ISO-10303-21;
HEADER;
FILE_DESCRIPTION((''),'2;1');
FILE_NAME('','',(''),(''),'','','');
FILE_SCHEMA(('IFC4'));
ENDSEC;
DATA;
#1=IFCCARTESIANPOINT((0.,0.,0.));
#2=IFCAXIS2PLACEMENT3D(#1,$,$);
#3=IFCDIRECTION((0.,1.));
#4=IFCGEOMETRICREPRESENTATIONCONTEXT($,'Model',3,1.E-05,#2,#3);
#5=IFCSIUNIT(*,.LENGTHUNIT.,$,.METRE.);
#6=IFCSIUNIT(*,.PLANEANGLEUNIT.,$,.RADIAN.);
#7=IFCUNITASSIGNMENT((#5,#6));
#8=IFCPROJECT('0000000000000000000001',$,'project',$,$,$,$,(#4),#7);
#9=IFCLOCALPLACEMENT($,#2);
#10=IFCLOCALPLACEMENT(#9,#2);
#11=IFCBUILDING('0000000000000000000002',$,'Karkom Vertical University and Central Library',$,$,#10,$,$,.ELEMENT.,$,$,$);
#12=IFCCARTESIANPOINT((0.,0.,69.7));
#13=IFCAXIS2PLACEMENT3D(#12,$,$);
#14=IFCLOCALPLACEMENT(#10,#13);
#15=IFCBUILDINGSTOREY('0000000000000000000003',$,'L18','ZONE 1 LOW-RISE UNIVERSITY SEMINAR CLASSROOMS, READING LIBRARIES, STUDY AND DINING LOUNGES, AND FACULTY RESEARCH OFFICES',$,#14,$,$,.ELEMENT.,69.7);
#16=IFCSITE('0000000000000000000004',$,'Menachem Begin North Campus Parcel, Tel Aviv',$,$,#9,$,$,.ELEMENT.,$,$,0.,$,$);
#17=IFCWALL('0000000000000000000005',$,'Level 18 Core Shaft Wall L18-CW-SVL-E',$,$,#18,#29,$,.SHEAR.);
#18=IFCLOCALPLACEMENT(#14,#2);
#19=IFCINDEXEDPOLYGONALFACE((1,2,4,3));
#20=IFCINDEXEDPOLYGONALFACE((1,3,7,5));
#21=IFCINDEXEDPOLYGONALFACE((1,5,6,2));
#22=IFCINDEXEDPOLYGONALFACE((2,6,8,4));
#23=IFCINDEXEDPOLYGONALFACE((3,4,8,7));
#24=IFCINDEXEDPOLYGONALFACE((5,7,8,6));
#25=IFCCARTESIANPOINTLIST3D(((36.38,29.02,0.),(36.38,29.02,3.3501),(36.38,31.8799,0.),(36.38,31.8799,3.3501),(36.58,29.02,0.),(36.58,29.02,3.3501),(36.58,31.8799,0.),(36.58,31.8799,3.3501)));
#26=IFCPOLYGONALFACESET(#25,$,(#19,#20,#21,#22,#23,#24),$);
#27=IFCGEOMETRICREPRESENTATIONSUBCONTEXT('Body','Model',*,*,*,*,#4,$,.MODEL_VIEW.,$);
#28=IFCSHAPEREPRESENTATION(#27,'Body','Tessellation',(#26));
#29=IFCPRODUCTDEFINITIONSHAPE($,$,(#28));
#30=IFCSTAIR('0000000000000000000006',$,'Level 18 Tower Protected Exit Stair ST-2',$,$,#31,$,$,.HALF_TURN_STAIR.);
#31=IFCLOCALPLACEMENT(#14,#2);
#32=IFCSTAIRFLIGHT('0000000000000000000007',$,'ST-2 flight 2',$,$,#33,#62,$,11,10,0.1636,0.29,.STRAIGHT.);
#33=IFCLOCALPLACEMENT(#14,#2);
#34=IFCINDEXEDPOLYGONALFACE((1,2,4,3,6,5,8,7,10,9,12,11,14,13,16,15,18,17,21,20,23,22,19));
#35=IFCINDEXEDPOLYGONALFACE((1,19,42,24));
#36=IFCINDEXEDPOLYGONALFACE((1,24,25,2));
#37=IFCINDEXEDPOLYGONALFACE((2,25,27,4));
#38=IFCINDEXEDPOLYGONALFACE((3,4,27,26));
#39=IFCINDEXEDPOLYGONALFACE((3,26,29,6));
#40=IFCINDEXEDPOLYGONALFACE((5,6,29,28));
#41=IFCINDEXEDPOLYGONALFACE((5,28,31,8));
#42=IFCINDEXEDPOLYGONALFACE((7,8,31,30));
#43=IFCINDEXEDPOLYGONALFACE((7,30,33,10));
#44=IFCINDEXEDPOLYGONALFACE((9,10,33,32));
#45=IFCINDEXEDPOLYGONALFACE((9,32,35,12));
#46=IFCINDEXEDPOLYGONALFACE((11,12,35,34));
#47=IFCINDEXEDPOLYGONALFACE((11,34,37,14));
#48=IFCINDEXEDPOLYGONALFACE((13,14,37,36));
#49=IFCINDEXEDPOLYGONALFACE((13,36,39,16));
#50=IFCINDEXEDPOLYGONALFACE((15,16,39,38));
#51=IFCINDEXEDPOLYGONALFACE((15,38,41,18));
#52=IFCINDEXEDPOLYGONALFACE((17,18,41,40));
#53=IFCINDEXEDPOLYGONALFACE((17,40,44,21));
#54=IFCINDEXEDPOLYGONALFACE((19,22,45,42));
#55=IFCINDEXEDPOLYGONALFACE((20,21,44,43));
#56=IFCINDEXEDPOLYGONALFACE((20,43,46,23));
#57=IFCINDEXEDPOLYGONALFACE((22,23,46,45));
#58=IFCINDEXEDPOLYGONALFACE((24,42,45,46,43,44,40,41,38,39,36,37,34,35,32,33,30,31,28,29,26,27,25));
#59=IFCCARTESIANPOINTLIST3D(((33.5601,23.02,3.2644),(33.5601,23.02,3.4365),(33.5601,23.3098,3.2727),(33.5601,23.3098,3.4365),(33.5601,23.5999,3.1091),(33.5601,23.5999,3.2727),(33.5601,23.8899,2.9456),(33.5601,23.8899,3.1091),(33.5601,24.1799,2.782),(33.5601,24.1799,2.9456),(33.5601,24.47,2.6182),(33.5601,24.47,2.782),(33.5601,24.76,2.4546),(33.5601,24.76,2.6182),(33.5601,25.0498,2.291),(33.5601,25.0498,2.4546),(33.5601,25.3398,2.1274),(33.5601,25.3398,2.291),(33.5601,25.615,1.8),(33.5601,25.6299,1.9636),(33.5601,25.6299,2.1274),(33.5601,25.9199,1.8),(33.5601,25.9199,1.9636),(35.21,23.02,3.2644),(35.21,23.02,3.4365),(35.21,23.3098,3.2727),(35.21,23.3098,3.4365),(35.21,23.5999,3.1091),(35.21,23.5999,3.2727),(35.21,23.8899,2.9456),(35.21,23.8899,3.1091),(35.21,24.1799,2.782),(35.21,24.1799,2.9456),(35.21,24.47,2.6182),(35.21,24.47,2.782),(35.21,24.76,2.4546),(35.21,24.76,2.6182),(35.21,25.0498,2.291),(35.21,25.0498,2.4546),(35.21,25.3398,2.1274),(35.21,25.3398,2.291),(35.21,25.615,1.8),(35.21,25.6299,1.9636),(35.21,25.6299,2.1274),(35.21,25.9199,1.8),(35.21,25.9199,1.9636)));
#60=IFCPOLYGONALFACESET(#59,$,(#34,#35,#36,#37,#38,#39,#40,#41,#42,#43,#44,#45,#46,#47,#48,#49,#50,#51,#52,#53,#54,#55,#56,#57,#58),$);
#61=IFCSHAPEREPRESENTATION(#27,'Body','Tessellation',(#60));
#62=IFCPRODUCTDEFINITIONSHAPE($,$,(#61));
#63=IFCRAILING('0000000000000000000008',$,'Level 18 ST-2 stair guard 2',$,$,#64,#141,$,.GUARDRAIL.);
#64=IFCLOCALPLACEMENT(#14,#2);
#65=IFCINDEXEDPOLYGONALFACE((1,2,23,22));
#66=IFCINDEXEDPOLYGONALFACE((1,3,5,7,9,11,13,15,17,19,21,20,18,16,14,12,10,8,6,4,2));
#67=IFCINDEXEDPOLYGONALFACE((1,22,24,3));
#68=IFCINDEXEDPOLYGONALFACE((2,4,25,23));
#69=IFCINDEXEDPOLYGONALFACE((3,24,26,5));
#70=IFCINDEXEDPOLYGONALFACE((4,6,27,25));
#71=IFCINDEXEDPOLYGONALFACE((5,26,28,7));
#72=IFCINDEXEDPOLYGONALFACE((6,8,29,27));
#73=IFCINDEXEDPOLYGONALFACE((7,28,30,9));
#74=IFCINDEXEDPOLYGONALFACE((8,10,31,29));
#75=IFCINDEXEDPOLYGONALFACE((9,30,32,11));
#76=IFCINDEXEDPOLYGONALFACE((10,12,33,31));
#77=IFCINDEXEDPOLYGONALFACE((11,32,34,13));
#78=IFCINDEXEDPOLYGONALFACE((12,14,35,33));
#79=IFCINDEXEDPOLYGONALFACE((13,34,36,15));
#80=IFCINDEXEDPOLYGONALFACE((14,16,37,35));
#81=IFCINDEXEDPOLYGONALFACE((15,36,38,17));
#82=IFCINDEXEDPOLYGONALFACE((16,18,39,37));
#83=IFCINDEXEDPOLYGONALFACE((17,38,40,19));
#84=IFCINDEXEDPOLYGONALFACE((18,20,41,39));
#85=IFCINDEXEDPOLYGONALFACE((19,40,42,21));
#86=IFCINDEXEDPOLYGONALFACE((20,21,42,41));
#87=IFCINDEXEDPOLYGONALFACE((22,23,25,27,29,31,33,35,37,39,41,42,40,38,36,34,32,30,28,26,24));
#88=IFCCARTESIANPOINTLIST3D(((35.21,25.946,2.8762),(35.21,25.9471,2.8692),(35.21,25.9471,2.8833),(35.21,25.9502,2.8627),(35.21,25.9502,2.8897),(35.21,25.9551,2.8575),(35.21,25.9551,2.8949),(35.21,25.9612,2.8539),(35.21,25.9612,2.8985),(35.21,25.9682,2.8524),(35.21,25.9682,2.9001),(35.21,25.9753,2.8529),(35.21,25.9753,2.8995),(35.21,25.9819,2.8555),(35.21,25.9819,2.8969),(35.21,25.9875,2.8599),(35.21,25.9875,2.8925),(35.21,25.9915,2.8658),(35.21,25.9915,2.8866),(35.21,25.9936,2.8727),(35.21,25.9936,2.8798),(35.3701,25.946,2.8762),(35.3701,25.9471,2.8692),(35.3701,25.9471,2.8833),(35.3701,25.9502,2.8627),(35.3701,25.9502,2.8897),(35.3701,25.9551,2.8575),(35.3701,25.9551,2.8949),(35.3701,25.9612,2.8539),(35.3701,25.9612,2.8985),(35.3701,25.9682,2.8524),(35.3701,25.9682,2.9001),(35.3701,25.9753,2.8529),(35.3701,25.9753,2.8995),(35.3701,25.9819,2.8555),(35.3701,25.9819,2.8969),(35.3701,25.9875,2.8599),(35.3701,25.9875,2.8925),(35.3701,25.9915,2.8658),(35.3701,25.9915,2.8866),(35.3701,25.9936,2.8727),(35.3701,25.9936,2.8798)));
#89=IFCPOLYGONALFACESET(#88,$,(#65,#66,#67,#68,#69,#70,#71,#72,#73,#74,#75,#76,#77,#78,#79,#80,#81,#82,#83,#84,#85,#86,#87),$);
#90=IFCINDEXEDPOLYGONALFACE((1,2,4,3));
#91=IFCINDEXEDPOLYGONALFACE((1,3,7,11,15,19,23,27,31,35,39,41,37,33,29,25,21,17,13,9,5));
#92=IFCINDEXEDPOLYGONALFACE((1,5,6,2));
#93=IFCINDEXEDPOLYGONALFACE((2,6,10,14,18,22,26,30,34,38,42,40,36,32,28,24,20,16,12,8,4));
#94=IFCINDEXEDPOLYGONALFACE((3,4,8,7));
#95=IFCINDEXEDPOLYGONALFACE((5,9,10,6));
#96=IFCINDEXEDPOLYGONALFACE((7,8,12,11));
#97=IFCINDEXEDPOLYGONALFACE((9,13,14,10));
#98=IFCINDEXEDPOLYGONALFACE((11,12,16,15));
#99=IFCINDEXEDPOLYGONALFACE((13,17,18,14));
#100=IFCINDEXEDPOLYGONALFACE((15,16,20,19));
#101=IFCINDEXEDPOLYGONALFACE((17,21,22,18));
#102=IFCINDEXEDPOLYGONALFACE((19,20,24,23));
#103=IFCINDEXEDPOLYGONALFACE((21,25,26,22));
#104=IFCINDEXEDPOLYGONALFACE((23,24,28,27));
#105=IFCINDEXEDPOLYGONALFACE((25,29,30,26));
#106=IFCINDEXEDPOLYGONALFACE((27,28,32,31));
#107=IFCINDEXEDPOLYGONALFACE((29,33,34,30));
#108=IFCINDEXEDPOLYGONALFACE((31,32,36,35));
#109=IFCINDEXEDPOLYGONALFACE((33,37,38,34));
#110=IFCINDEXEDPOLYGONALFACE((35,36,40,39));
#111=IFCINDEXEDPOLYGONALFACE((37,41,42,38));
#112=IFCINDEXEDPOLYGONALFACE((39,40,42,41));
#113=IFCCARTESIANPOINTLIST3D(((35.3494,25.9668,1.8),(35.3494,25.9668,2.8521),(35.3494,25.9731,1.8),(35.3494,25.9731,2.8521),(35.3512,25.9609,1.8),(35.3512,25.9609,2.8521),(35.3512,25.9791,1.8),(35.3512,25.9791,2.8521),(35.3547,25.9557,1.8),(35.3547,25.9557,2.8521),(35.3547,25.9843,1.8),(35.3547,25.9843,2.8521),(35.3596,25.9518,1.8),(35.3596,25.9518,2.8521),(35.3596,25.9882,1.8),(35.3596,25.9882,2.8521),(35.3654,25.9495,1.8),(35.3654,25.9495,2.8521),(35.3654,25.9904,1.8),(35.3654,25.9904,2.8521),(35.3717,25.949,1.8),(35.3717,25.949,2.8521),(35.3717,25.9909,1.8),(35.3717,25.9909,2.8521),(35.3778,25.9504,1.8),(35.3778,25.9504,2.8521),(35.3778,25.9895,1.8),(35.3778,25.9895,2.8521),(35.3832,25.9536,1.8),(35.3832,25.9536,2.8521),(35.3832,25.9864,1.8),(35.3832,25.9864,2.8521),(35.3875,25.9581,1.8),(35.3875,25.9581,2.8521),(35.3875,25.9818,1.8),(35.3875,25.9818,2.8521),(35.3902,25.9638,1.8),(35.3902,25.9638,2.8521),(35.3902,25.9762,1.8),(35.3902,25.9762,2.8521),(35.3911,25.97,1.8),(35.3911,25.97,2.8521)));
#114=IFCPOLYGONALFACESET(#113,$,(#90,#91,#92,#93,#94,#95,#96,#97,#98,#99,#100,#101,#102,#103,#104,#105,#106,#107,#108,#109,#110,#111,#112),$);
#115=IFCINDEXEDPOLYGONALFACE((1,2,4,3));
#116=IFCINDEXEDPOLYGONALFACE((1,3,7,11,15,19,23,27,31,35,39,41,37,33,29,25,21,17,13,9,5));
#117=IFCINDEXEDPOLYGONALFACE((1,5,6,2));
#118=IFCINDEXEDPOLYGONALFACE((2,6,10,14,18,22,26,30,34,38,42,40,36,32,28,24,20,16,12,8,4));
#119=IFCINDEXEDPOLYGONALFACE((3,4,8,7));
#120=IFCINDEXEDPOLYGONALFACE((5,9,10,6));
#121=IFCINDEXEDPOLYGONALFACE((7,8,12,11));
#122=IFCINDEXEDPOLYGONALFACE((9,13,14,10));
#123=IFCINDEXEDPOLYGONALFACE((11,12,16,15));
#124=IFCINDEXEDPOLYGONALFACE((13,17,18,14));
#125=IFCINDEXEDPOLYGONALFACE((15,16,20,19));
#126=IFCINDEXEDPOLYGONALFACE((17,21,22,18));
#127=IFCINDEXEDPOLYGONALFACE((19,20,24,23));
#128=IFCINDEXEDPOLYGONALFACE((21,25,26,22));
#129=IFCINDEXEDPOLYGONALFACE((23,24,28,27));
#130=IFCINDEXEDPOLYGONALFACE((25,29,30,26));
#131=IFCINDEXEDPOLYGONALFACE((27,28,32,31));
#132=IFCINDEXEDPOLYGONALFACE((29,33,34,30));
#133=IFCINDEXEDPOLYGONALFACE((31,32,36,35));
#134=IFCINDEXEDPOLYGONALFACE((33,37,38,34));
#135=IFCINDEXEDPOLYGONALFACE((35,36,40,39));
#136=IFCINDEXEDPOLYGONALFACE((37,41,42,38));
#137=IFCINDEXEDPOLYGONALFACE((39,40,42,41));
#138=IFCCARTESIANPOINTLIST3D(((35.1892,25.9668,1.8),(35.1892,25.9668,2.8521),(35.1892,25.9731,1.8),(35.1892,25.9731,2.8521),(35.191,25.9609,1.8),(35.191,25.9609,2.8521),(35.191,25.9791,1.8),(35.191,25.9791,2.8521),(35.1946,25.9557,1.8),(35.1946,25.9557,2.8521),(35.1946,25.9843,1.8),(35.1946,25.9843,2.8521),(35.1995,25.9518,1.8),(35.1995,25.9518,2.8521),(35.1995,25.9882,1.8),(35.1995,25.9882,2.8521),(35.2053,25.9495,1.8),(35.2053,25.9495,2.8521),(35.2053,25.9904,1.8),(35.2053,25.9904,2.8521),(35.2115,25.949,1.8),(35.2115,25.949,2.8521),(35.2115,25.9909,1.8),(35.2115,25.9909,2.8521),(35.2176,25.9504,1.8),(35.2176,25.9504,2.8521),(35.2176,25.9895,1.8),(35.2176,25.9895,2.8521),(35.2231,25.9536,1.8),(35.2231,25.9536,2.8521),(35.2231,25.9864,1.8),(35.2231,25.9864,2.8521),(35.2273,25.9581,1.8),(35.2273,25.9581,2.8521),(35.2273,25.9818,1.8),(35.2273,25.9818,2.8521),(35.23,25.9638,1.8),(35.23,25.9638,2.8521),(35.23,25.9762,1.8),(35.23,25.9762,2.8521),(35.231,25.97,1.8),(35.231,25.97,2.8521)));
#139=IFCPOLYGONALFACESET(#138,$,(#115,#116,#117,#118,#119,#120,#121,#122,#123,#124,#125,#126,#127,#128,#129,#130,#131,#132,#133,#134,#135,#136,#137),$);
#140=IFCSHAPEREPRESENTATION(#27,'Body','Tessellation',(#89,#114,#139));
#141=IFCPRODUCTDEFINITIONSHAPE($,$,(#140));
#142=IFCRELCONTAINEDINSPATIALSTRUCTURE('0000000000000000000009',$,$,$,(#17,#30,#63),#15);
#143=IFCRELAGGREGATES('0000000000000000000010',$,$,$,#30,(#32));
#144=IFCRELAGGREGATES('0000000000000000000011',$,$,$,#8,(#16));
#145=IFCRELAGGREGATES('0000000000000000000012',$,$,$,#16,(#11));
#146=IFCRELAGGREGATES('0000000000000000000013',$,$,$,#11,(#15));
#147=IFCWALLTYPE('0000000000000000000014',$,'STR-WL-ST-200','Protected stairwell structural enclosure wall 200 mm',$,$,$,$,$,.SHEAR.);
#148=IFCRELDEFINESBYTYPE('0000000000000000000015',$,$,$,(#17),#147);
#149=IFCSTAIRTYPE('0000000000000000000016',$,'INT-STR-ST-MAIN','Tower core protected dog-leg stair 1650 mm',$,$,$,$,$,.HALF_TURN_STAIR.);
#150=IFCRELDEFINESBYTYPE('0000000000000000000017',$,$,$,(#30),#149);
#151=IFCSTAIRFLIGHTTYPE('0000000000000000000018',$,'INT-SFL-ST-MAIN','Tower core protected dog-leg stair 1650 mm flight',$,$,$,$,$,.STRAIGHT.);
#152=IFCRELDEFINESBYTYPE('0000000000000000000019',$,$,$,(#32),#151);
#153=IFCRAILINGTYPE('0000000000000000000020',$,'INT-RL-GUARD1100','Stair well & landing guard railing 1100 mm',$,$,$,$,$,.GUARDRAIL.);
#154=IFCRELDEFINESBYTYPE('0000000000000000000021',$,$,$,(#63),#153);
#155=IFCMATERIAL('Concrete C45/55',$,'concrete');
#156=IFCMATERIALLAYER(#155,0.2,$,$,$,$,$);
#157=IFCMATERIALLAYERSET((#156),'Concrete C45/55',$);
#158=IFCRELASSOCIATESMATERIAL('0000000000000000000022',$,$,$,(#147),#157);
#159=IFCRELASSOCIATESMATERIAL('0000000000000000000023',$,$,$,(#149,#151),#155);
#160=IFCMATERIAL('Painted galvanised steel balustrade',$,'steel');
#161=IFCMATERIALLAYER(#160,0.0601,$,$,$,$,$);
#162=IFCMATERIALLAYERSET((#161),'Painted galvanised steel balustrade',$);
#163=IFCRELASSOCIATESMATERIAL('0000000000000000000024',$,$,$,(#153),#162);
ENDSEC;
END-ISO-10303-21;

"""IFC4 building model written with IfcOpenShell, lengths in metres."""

from ifc_helpers import new_model, si_unit, direction, frame, frame_2d, origin, origin_2d, place, context, subcontext, project, spatial, polyline, rectangle, circle, outline, extrude, material, layer, layer_set, type_object, element, aggregate, save


model = new_model("IFC4")

# Units and contexts
model_context = context("Model", 3, precision=1e-05, world=origin(), true_north=direction((0.0, 1.0)))
body_context = subcontext(model_context, "Body", "Model", "MODEL_VIEW")
ifc_project = project(units=[si_unit("LENGTHUNIT", "METRE"), si_unit("PLANEANGLEUNIT", "RADIAN")], contexts=[model_context])

# Site, building, storey
site_placement = place(None, origin())
site = spatial("IfcSite", under=ifc_project, at=site_placement, Name="Menachem Begin North Campus Parcel, Tel Aviv", CompositionType="ELEMENT", RefElevation=0.0)
building_placement = place(site_placement, origin())
building = spatial("IfcBuilding", under=site, at=building_placement, Name="Karkom Vertical University and Central Library", CompositionType="ELEMENT")
storey_placement = place(building_placement, frame((0.0, 0.0, 69.7)))
storey = spatial("IfcBuildingStorey", under=building, at=storey_placement, Name="L18", Description="ZONE 1 LOW-RISE UNIVERSITY SEMINAR CLASSROOMS, READING LIBRARIES, STUDY AND DINING LOUNGES, AND FACULTY RESEARCH OFFICES", CompositionType="ELEMENT", Elevation=69.7)

# Wall
ifc_material_1 = material(Name="Concrete C45/55", Category="concrete")
ifc_layer_1 = layer(ifc_material_1, 0.2)
ifc_layer_set_1 = layer_set([ifc_layer_1], Name="Concrete C45/55")
wall_type_1 = type_object("IfcWallType", Name="STR-WL-ST-200", Description="Protected stairwell structural enclosure wall 200 mm", PredefinedType="SHEAR", material=ifc_layer_set_1)
wall_1_placement = place(storey_placement, frame((36.48, 29.02, 0.0), z_axis=(0.0, 0.0, 1.0), x_axis=(0.0, 1.0, 0.0)))
element("IfcWall", 1, at=wall_1_placement, inside=storey, type_object=wall_type_1, Name="Level 18 Core Shaft Wall L18-CW-SVL-E", PredefinedType="SHEAR", context=body_context, shape_type="SweptSolid", body=[
    extrude(rectangle(XDim=2.8599, YDim=0.2, at=frame_2d((1.4299, 0.0))), origin(), (0.0, 0.0, 1.0), 3.3501),
])

# Stair, stair flight
stair_type = type_object("IfcStairType", Name="INT-STR-ST-MAIN", Description="Tower core protected dog-leg stair 1650 mm", PredefinedType="HALF_TURN_STAIR", material=ifc_material_1)
stair_placement = place(storey_placement, origin())
stair = element("IfcStair", 2, at=stair_placement, inside=storey, type_object=stair_type, Name="Level 18 Tower Protected Exit Stair ST-2", PredefinedType="HALF_TURN_STAIR")
stair_flight_type = type_object("IfcStairFlightType", Name="INT-SFL-ST-MAIN", Description="Tower core protected dog-leg stair 1650 mm flight", PredefinedType="STRAIGHT", material=ifc_material_1)
stair_flight_placement = place(storey_placement, frame((34.385, 25.9199, 1.8), z_axis=(0.0, 0.0, 1.0), x_axis=(0.0, -1.0, 0.0)))
stair_flight = element("IfcStairFlight", 3, at=stair_flight_placement, type_object=stair_flight_type, Name="ST-2 flight 2", NumberOfRisers=11, NumberOfTreads=10, PredefinedType="STRAIGHT", RiserHeight=0.1636, TreadLength=0.29, context=body_context, shape_type="SweptSolid", body=[
    extrude(outline(polyline([(0.0, 0.0), (0.0, 0.1636), (0.29, 0.1636), (0.29, 0.3274), (0.5801, 0.3274), (0.5801, 0.491), (0.8701, 0.491), (0.8701, 0.6545), (1.1599, 0.6545), (1.1599, 0.8181), (1.45, 0.8181), (1.45, 0.9819), (1.74, 0.9819), (1.74, 1.1455), (2.03, 1.1455), (2.03, 1.3091), (2.3201, 1.3091), (2.3201, 1.4727), (2.6101, 1.4727), (2.6101, 1.6365), (2.8999, 1.6365), (2.8999, 1.8), (2.8999, 1.4644), (0.3049, 0.0), (0.0, 0.0)])), frame((0.0, 0.825, 0.0), z_axis=(0.0, -1.0, 0.0), x_axis=(1.0, 0.0, 0.0)), (0.0, 0.0, 1.0), 1.6499),
])
aggregate(stair, [stair_flight])

# Railing
ifc_material_2 = material(Name="Painted galvanised steel balustrade", Category="steel")
ifc_layer_2 = layer(ifc_material_2, 0.0601)
ifc_layer_set_2 = layer_set([ifc_layer_2], Name="Painted galvanised steel balustrade")
railing_type_1 = type_object("IfcRailingType", Name="INT-RL-GUARD1100", Description="Stair well & landing guard railing 1100 mm", PredefinedType="GUARDRAIL", material=ifc_layer_set_2)
railing_1_placement = place(storey_placement, frame((35.3701, 25.97, 1.8)))
element("IfcRailing", 4, at=railing_1_placement, inside=storey, type_object=railing_type_1, Name="Level 18 ST-2 stair guard 2", PredefinedType="GUARDRAIL", context=body_context, shape_type="SweptSolid", body=[
    extrude(circle(Radius=0.0239, at=origin_2d()), frame((0.0, 0.0, 1.0762), z_axis=(-1.0, 0.0, 0.0), x_axis=(0.0, -1.0, 0.0)), (0.0, 0.0, 1.0), 0.1602),
    extrude(circle(Radius=0.021, at=origin_2d()), origin(), (0.0, 0.0, 1.0), 1.052),
    extrude(circle(Radius=0.021, at=origin_2d()), frame((-0.1602, 0.0, 0.0)), (0.0, 0.0, 1.0), 1.052),
])

save(model, "model.ifc")
